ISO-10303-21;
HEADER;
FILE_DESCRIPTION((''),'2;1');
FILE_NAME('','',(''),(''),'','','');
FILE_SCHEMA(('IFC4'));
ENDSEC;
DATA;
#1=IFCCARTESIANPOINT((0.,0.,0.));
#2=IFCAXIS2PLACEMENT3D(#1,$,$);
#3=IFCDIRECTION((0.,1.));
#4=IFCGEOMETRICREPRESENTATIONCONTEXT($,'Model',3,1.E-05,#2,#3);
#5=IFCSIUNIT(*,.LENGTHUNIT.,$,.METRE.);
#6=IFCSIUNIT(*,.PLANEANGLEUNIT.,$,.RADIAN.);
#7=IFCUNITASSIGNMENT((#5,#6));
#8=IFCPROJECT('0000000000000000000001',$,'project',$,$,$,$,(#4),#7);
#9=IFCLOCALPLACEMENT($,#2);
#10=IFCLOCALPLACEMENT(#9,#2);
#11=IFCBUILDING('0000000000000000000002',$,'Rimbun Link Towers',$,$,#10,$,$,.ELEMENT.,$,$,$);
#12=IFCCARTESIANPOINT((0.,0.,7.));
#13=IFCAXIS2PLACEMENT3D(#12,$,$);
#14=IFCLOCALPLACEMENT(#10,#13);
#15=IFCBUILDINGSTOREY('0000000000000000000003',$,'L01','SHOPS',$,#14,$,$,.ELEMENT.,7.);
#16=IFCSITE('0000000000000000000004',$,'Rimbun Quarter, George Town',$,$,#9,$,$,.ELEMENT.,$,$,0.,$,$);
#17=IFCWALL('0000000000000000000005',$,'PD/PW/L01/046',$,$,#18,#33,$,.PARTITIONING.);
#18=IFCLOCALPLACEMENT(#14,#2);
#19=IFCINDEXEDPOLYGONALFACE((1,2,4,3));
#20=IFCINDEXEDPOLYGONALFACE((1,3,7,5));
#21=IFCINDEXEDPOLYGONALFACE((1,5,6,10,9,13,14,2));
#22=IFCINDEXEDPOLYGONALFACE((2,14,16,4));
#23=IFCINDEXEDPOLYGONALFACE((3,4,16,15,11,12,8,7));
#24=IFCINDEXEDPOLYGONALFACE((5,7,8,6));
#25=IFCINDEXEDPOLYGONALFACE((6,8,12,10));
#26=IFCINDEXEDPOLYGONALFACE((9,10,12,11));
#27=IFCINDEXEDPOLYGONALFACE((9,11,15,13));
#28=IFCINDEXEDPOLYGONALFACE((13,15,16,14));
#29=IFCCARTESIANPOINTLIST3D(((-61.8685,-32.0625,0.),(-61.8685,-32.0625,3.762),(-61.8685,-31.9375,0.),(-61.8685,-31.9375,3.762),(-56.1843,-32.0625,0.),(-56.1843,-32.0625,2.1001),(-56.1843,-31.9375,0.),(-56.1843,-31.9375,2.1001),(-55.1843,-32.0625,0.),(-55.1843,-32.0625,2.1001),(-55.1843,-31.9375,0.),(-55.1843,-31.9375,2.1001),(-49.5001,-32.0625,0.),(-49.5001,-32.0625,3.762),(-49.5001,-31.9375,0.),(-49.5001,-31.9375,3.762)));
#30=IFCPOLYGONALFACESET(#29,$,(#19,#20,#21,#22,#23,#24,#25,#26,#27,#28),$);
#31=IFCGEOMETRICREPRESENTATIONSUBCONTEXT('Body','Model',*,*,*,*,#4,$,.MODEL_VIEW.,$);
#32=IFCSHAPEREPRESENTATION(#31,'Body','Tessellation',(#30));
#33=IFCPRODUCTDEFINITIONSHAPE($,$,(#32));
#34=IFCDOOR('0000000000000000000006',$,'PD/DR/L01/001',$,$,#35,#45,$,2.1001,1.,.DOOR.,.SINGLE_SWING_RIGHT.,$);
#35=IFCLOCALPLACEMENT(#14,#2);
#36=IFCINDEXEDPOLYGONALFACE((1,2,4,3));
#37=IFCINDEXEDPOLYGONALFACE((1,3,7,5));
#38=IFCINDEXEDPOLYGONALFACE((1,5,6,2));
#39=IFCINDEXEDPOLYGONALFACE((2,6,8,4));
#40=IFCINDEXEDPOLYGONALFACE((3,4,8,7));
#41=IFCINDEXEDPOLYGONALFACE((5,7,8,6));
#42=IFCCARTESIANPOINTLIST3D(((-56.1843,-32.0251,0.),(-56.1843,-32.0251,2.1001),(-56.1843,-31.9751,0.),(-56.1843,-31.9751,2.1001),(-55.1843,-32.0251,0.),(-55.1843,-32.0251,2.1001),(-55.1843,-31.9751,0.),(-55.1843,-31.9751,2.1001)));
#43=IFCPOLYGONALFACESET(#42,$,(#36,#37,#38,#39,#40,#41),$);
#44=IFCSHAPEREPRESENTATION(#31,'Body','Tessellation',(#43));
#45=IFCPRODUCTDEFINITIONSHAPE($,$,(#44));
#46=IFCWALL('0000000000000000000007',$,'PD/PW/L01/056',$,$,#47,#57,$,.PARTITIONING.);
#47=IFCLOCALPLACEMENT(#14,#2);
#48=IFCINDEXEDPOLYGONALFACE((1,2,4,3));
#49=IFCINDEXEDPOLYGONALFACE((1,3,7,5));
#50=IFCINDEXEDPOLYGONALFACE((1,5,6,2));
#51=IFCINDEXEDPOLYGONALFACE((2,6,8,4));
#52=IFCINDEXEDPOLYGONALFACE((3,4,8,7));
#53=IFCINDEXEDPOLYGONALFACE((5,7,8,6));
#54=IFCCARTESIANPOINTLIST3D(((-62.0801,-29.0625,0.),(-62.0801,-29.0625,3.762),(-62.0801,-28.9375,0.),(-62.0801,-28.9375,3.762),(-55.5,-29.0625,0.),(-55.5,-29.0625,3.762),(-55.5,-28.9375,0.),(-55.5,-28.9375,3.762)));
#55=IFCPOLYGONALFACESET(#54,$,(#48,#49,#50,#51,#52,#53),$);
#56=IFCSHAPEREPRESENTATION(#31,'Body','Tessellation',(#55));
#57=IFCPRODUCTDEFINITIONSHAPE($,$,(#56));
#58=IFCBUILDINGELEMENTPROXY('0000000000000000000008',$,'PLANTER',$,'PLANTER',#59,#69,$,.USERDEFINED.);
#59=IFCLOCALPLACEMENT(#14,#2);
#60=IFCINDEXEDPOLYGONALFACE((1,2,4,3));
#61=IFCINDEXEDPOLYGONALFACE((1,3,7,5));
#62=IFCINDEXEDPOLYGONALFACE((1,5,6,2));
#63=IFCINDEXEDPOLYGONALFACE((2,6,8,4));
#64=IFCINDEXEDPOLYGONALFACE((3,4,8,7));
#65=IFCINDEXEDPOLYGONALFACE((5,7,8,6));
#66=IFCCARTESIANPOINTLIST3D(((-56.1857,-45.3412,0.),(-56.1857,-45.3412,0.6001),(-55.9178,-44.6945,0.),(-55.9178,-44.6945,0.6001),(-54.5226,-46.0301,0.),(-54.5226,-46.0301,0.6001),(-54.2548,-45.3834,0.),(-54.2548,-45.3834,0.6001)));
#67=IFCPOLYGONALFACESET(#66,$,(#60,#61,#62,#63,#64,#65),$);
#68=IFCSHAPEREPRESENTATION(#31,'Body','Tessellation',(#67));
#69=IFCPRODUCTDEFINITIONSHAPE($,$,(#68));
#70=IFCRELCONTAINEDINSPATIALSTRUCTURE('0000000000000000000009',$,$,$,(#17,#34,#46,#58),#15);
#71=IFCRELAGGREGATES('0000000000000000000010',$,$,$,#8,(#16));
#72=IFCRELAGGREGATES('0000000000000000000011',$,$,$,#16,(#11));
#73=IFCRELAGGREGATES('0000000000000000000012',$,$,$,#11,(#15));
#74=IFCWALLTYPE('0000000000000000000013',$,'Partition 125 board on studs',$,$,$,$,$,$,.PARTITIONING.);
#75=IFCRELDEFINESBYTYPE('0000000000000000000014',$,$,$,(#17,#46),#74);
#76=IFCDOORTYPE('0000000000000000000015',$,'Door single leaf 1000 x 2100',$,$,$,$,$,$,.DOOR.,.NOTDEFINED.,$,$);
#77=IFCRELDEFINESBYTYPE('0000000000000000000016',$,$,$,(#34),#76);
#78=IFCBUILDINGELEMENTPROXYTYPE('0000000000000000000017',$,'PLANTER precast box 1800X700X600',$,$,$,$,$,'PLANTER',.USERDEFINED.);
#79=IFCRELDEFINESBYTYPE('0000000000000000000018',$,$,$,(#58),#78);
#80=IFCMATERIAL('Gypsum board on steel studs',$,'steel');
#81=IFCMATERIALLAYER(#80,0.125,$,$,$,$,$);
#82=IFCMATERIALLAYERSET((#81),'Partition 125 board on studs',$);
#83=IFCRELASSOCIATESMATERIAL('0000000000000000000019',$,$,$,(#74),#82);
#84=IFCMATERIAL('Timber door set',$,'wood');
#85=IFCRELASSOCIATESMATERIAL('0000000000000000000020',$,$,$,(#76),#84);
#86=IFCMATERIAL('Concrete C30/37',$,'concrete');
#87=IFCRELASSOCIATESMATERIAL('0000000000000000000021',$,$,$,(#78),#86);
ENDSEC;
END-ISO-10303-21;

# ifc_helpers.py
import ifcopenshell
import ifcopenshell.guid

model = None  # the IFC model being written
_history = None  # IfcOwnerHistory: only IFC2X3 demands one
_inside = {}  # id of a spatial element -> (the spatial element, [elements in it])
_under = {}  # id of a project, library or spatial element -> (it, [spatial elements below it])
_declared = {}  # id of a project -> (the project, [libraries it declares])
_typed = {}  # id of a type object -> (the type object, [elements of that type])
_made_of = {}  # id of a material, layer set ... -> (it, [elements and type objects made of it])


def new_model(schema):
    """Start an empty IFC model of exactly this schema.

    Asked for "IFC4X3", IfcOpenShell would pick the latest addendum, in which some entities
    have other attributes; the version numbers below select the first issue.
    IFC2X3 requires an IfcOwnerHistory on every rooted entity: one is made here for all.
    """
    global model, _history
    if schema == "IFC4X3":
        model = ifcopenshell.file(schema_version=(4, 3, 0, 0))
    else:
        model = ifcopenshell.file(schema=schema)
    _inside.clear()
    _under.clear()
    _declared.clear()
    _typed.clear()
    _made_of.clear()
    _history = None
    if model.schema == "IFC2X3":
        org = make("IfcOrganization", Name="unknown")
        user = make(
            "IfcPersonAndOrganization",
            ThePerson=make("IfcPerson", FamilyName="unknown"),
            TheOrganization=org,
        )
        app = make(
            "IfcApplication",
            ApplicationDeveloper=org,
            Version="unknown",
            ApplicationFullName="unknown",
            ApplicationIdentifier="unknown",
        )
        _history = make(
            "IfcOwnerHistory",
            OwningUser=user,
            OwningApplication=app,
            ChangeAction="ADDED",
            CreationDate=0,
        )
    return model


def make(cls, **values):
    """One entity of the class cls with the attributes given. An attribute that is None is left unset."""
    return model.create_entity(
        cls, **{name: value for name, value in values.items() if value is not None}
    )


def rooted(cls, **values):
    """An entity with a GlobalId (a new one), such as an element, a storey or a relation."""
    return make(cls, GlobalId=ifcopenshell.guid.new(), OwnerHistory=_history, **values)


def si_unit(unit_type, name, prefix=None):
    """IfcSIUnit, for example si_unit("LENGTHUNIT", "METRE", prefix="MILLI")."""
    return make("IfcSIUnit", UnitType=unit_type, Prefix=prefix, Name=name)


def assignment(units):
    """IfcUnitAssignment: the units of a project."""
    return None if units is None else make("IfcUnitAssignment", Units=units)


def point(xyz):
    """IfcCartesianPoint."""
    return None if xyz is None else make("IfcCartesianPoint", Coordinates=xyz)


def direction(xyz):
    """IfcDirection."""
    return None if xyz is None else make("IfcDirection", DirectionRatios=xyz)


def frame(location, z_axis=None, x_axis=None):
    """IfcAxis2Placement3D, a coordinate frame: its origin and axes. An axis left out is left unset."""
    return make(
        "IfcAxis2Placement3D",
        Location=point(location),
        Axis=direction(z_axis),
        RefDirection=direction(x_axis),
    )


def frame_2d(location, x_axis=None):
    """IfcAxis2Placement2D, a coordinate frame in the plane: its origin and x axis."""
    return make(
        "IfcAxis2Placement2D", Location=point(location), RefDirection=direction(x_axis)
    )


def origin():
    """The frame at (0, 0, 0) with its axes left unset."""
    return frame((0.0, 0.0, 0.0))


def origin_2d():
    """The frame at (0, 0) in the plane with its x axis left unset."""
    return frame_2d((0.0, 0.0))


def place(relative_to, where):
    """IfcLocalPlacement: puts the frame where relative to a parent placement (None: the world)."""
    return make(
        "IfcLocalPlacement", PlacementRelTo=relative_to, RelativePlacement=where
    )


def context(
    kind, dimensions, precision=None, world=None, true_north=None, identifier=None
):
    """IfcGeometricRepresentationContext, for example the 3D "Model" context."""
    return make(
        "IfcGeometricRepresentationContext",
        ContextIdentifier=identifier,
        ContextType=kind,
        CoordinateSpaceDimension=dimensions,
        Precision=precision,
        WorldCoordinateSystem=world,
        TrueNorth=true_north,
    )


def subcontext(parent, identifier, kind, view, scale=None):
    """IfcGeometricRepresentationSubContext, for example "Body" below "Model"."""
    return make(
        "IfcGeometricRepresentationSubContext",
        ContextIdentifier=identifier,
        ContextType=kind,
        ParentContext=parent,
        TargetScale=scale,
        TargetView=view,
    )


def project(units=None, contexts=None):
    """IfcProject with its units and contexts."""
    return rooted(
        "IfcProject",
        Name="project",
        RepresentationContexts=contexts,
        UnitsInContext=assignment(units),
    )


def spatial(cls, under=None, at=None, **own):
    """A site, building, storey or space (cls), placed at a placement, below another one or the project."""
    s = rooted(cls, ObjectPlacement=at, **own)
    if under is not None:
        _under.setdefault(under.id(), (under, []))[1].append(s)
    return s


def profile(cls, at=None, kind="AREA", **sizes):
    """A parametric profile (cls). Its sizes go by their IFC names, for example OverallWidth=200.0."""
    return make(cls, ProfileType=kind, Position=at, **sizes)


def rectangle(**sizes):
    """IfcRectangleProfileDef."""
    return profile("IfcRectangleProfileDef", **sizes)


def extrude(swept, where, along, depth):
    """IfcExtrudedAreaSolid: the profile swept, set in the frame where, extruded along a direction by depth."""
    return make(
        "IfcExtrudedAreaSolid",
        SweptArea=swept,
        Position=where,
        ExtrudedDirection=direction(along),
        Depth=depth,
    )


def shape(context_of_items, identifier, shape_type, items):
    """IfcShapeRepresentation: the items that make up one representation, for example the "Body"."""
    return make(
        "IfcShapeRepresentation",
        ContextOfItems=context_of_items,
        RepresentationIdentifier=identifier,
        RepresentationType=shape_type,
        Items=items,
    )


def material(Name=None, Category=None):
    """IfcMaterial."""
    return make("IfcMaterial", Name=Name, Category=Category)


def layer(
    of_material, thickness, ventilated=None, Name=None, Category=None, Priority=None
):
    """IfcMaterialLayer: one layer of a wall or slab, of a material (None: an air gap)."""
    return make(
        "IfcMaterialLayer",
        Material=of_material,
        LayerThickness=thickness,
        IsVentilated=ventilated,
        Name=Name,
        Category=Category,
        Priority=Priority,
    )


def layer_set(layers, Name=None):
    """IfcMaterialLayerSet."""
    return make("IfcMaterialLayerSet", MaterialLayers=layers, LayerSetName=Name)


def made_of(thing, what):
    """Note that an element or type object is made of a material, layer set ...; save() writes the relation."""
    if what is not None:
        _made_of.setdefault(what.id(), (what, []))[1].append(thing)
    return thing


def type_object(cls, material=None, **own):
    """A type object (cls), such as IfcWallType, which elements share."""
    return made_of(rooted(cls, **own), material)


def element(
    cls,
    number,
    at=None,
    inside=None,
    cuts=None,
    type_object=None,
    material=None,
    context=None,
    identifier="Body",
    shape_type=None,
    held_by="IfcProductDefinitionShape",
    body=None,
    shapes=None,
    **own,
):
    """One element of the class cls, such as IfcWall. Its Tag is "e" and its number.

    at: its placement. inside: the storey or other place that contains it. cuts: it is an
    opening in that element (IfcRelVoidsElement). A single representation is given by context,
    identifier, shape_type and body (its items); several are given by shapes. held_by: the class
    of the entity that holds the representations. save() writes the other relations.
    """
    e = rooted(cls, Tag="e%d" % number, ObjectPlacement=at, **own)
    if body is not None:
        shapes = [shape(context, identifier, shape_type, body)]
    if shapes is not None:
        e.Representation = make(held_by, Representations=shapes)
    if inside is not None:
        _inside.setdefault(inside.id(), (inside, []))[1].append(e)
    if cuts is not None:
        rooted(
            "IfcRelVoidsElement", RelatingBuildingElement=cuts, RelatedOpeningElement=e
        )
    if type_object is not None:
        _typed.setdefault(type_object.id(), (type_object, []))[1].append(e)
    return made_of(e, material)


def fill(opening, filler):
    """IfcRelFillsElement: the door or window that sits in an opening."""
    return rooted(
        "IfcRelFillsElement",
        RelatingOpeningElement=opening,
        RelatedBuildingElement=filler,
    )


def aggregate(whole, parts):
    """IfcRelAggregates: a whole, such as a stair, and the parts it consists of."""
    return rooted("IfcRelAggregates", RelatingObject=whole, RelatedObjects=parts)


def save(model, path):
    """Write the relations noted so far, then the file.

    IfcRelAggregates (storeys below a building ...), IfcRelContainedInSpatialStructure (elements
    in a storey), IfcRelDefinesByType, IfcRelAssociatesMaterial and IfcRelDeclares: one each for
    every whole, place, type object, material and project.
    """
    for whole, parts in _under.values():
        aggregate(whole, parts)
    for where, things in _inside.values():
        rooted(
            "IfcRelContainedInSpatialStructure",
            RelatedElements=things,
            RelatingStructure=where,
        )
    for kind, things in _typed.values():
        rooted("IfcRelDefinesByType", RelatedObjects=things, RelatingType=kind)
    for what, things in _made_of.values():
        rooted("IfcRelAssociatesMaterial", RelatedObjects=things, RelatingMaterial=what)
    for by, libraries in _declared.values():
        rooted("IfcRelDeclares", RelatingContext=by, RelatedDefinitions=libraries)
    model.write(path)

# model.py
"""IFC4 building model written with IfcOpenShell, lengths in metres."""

from ifc_helpers import new_model, si_unit, direction, frame, frame_2d, origin, origin_2d, place, context, subcontext, project, spatial, rectangle, extrude, material, layer, layer_set, type_object, element, fill, save


model = new_model("IFC4")

# Units and contexts
model_context = context("Model", 3, precision=1e-05, world=origin(), true_north=direction((0.0, 1.0)))
body_context = subcontext(model_context, "Body", "Model", "MODEL_VIEW")
ifc_project = project(units=[si_unit("LENGTHUNIT", "METRE"), si_unit("PLANEANGLEUNIT", "RADIAN")], contexts=[model_context])

# Site, building, storey
site_placement = place(None, origin())
site = spatial("IfcSite", under=ifc_project, at=site_placement, Name="Rimbun Quarter, George Town", CompositionType="ELEMENT", RefElevation=0.0)
building_placement = place(site_placement, origin())
building = spatial("IfcBuilding", under=site, at=building_placement, Name="Rimbun Link Towers", CompositionType="ELEMENT")
storey_placement = place(building_placement, frame((0.0, 0.0, 7.0)))
storey = spatial("IfcBuildingStorey", under=building, at=storey_placement, Name="L01", Description="SHOPS", CompositionType="ELEMENT", Elevation=7.0)

# Wall, opening, door
ifc_material_1 = material(Name="Gypsum board on steel studs", Category="steel")
ifc_layer_1 = layer(ifc_material_1, 0.125)
ifc_layer_set_1 = layer_set([ifc_layer_1], Name="Partition 125 board on studs")
wall_type = type_object("IfcWallType", Name="Partition 125 board on studs", PredefinedType="PARTITIONING", material=ifc_layer_set_1)
wall_1_placement = place(storey_placement, frame((-61.8684, -32.0, 0.0), z_axis=(0.0, 0.0, 1.0), x_axis=(1.0, 0.0, 0.0)))
wall_1 = element("IfcWall", 1, at=wall_1_placement, inside=storey, type_object=wall_type, Name="PD/PW/L01/046", PredefinedType="PARTITIONING", context=body_context, shape_type="SweptSolid", body=[
    extrude(rectangle(XDim=12.3684, YDim=0.125, at=frame_2d((6.1841, 0.0))), origin(), (0.0, 0.0, 1.0), 3.762),
])
opening_placement = place(wall_1_placement, frame((5.6841, 0.0, 0.0)))
opening = element("IfcOpeningElement", 2, at=opening_placement, cuts=wall_1, PredefinedType="OPENING", context=body_context, shape_type="SweptSolid", body=[
    extrude(rectangle(XDim=1.0, YDim=2.1001, at=frame_2d((0.5, 1.05))), frame((0.0, 0.0725, 0.0), z_axis=(0.0, -1.0, 0.0), x_axis=(1.0, 0.0, 0.0)), (0.0, 0.0, 1.0), 0.145),
])
ifc_material_2 = material(Name="Timber door set", Category="wood")
door_type = type_object("IfcDoorType", Name="Door single leaf 1000 x 2100", OperationType="NOTDEFINED", PredefinedType="DOOR", material=ifc_material_2)
door_placement = place(opening_placement, origin())
door = element("IfcDoor", 3, at=door_placement, inside=storey, type_object=door_type, Name="PD/DR/L01/001", OperationType="SINGLE_SWING_RIGHT", OverallHeight=2.1001, OverallWidth=1.0, PredefinedType="DOOR", context=body_context, shape_type="SweptSolid", body=[
    extrude(rectangle(XDim=1.0, YDim=2.1001, at=frame_2d((0.5, 1.05))), frame((0.0, 0.0249, 0.0), z_axis=(0.0, -1.0, 0.0), x_axis=(1.0, 0.0, 0.0)), (0.0, 0.0, 1.0), 0.05),
])
fill(opening, door)

# Wall
wall_2_placement = place(storey_placement, frame((-55.5, -29.0, 0.0), z_axis=(0.0, 0.0, 1.0), x_axis=(-1.0, 0.0, 0.0)))
element("IfcWall", 4, at=wall_2_placement, inside=storey, type_object=wall_type, Name="PD/PW/L01/056", PredefinedType="PARTITIONING", context=body_context, shape_type="SweptSolid", body=[
    extrude(rectangle(XDim=6.5801, YDim=0.125, at=frame_2d((3.29, 0.0))), origin(), (0.0, 0.0, 1.0), 3.762),
])

# Building element proxy
ifc_material_3 = material(Name="Concrete C30/37", Category="concrete")
building_element_proxy_type = type_object("IfcBuildingElementProxyType", Name="PLANTER precast box 1800X700X600", ElementType="PLANTER", PredefinedType="USERDEFINED", material=ifc_material_3)
proxy_placement = place(storey_placement, frame((-55.2202, -45.3623, 0.0), z_axis=(0.0, 0.0, 1.0), x_axis=(0.923881, -0.382679, 0.0)))
element("IfcBuildingElementProxy", 5, at=proxy_placement, inside=storey, type_object=building_element_proxy_type, Name="PLANTER", ObjectType="PLANTER", PredefinedType="USERDEFINED", context=body_context, shape_type="SweptSolid", body=[
    extrude(rectangle(XDim=1.8, YDim=0.7, at=origin_2d()), origin(), (0.0, 0.0, 1.0), 0.6001),
])

save(model, "model.ifc")
